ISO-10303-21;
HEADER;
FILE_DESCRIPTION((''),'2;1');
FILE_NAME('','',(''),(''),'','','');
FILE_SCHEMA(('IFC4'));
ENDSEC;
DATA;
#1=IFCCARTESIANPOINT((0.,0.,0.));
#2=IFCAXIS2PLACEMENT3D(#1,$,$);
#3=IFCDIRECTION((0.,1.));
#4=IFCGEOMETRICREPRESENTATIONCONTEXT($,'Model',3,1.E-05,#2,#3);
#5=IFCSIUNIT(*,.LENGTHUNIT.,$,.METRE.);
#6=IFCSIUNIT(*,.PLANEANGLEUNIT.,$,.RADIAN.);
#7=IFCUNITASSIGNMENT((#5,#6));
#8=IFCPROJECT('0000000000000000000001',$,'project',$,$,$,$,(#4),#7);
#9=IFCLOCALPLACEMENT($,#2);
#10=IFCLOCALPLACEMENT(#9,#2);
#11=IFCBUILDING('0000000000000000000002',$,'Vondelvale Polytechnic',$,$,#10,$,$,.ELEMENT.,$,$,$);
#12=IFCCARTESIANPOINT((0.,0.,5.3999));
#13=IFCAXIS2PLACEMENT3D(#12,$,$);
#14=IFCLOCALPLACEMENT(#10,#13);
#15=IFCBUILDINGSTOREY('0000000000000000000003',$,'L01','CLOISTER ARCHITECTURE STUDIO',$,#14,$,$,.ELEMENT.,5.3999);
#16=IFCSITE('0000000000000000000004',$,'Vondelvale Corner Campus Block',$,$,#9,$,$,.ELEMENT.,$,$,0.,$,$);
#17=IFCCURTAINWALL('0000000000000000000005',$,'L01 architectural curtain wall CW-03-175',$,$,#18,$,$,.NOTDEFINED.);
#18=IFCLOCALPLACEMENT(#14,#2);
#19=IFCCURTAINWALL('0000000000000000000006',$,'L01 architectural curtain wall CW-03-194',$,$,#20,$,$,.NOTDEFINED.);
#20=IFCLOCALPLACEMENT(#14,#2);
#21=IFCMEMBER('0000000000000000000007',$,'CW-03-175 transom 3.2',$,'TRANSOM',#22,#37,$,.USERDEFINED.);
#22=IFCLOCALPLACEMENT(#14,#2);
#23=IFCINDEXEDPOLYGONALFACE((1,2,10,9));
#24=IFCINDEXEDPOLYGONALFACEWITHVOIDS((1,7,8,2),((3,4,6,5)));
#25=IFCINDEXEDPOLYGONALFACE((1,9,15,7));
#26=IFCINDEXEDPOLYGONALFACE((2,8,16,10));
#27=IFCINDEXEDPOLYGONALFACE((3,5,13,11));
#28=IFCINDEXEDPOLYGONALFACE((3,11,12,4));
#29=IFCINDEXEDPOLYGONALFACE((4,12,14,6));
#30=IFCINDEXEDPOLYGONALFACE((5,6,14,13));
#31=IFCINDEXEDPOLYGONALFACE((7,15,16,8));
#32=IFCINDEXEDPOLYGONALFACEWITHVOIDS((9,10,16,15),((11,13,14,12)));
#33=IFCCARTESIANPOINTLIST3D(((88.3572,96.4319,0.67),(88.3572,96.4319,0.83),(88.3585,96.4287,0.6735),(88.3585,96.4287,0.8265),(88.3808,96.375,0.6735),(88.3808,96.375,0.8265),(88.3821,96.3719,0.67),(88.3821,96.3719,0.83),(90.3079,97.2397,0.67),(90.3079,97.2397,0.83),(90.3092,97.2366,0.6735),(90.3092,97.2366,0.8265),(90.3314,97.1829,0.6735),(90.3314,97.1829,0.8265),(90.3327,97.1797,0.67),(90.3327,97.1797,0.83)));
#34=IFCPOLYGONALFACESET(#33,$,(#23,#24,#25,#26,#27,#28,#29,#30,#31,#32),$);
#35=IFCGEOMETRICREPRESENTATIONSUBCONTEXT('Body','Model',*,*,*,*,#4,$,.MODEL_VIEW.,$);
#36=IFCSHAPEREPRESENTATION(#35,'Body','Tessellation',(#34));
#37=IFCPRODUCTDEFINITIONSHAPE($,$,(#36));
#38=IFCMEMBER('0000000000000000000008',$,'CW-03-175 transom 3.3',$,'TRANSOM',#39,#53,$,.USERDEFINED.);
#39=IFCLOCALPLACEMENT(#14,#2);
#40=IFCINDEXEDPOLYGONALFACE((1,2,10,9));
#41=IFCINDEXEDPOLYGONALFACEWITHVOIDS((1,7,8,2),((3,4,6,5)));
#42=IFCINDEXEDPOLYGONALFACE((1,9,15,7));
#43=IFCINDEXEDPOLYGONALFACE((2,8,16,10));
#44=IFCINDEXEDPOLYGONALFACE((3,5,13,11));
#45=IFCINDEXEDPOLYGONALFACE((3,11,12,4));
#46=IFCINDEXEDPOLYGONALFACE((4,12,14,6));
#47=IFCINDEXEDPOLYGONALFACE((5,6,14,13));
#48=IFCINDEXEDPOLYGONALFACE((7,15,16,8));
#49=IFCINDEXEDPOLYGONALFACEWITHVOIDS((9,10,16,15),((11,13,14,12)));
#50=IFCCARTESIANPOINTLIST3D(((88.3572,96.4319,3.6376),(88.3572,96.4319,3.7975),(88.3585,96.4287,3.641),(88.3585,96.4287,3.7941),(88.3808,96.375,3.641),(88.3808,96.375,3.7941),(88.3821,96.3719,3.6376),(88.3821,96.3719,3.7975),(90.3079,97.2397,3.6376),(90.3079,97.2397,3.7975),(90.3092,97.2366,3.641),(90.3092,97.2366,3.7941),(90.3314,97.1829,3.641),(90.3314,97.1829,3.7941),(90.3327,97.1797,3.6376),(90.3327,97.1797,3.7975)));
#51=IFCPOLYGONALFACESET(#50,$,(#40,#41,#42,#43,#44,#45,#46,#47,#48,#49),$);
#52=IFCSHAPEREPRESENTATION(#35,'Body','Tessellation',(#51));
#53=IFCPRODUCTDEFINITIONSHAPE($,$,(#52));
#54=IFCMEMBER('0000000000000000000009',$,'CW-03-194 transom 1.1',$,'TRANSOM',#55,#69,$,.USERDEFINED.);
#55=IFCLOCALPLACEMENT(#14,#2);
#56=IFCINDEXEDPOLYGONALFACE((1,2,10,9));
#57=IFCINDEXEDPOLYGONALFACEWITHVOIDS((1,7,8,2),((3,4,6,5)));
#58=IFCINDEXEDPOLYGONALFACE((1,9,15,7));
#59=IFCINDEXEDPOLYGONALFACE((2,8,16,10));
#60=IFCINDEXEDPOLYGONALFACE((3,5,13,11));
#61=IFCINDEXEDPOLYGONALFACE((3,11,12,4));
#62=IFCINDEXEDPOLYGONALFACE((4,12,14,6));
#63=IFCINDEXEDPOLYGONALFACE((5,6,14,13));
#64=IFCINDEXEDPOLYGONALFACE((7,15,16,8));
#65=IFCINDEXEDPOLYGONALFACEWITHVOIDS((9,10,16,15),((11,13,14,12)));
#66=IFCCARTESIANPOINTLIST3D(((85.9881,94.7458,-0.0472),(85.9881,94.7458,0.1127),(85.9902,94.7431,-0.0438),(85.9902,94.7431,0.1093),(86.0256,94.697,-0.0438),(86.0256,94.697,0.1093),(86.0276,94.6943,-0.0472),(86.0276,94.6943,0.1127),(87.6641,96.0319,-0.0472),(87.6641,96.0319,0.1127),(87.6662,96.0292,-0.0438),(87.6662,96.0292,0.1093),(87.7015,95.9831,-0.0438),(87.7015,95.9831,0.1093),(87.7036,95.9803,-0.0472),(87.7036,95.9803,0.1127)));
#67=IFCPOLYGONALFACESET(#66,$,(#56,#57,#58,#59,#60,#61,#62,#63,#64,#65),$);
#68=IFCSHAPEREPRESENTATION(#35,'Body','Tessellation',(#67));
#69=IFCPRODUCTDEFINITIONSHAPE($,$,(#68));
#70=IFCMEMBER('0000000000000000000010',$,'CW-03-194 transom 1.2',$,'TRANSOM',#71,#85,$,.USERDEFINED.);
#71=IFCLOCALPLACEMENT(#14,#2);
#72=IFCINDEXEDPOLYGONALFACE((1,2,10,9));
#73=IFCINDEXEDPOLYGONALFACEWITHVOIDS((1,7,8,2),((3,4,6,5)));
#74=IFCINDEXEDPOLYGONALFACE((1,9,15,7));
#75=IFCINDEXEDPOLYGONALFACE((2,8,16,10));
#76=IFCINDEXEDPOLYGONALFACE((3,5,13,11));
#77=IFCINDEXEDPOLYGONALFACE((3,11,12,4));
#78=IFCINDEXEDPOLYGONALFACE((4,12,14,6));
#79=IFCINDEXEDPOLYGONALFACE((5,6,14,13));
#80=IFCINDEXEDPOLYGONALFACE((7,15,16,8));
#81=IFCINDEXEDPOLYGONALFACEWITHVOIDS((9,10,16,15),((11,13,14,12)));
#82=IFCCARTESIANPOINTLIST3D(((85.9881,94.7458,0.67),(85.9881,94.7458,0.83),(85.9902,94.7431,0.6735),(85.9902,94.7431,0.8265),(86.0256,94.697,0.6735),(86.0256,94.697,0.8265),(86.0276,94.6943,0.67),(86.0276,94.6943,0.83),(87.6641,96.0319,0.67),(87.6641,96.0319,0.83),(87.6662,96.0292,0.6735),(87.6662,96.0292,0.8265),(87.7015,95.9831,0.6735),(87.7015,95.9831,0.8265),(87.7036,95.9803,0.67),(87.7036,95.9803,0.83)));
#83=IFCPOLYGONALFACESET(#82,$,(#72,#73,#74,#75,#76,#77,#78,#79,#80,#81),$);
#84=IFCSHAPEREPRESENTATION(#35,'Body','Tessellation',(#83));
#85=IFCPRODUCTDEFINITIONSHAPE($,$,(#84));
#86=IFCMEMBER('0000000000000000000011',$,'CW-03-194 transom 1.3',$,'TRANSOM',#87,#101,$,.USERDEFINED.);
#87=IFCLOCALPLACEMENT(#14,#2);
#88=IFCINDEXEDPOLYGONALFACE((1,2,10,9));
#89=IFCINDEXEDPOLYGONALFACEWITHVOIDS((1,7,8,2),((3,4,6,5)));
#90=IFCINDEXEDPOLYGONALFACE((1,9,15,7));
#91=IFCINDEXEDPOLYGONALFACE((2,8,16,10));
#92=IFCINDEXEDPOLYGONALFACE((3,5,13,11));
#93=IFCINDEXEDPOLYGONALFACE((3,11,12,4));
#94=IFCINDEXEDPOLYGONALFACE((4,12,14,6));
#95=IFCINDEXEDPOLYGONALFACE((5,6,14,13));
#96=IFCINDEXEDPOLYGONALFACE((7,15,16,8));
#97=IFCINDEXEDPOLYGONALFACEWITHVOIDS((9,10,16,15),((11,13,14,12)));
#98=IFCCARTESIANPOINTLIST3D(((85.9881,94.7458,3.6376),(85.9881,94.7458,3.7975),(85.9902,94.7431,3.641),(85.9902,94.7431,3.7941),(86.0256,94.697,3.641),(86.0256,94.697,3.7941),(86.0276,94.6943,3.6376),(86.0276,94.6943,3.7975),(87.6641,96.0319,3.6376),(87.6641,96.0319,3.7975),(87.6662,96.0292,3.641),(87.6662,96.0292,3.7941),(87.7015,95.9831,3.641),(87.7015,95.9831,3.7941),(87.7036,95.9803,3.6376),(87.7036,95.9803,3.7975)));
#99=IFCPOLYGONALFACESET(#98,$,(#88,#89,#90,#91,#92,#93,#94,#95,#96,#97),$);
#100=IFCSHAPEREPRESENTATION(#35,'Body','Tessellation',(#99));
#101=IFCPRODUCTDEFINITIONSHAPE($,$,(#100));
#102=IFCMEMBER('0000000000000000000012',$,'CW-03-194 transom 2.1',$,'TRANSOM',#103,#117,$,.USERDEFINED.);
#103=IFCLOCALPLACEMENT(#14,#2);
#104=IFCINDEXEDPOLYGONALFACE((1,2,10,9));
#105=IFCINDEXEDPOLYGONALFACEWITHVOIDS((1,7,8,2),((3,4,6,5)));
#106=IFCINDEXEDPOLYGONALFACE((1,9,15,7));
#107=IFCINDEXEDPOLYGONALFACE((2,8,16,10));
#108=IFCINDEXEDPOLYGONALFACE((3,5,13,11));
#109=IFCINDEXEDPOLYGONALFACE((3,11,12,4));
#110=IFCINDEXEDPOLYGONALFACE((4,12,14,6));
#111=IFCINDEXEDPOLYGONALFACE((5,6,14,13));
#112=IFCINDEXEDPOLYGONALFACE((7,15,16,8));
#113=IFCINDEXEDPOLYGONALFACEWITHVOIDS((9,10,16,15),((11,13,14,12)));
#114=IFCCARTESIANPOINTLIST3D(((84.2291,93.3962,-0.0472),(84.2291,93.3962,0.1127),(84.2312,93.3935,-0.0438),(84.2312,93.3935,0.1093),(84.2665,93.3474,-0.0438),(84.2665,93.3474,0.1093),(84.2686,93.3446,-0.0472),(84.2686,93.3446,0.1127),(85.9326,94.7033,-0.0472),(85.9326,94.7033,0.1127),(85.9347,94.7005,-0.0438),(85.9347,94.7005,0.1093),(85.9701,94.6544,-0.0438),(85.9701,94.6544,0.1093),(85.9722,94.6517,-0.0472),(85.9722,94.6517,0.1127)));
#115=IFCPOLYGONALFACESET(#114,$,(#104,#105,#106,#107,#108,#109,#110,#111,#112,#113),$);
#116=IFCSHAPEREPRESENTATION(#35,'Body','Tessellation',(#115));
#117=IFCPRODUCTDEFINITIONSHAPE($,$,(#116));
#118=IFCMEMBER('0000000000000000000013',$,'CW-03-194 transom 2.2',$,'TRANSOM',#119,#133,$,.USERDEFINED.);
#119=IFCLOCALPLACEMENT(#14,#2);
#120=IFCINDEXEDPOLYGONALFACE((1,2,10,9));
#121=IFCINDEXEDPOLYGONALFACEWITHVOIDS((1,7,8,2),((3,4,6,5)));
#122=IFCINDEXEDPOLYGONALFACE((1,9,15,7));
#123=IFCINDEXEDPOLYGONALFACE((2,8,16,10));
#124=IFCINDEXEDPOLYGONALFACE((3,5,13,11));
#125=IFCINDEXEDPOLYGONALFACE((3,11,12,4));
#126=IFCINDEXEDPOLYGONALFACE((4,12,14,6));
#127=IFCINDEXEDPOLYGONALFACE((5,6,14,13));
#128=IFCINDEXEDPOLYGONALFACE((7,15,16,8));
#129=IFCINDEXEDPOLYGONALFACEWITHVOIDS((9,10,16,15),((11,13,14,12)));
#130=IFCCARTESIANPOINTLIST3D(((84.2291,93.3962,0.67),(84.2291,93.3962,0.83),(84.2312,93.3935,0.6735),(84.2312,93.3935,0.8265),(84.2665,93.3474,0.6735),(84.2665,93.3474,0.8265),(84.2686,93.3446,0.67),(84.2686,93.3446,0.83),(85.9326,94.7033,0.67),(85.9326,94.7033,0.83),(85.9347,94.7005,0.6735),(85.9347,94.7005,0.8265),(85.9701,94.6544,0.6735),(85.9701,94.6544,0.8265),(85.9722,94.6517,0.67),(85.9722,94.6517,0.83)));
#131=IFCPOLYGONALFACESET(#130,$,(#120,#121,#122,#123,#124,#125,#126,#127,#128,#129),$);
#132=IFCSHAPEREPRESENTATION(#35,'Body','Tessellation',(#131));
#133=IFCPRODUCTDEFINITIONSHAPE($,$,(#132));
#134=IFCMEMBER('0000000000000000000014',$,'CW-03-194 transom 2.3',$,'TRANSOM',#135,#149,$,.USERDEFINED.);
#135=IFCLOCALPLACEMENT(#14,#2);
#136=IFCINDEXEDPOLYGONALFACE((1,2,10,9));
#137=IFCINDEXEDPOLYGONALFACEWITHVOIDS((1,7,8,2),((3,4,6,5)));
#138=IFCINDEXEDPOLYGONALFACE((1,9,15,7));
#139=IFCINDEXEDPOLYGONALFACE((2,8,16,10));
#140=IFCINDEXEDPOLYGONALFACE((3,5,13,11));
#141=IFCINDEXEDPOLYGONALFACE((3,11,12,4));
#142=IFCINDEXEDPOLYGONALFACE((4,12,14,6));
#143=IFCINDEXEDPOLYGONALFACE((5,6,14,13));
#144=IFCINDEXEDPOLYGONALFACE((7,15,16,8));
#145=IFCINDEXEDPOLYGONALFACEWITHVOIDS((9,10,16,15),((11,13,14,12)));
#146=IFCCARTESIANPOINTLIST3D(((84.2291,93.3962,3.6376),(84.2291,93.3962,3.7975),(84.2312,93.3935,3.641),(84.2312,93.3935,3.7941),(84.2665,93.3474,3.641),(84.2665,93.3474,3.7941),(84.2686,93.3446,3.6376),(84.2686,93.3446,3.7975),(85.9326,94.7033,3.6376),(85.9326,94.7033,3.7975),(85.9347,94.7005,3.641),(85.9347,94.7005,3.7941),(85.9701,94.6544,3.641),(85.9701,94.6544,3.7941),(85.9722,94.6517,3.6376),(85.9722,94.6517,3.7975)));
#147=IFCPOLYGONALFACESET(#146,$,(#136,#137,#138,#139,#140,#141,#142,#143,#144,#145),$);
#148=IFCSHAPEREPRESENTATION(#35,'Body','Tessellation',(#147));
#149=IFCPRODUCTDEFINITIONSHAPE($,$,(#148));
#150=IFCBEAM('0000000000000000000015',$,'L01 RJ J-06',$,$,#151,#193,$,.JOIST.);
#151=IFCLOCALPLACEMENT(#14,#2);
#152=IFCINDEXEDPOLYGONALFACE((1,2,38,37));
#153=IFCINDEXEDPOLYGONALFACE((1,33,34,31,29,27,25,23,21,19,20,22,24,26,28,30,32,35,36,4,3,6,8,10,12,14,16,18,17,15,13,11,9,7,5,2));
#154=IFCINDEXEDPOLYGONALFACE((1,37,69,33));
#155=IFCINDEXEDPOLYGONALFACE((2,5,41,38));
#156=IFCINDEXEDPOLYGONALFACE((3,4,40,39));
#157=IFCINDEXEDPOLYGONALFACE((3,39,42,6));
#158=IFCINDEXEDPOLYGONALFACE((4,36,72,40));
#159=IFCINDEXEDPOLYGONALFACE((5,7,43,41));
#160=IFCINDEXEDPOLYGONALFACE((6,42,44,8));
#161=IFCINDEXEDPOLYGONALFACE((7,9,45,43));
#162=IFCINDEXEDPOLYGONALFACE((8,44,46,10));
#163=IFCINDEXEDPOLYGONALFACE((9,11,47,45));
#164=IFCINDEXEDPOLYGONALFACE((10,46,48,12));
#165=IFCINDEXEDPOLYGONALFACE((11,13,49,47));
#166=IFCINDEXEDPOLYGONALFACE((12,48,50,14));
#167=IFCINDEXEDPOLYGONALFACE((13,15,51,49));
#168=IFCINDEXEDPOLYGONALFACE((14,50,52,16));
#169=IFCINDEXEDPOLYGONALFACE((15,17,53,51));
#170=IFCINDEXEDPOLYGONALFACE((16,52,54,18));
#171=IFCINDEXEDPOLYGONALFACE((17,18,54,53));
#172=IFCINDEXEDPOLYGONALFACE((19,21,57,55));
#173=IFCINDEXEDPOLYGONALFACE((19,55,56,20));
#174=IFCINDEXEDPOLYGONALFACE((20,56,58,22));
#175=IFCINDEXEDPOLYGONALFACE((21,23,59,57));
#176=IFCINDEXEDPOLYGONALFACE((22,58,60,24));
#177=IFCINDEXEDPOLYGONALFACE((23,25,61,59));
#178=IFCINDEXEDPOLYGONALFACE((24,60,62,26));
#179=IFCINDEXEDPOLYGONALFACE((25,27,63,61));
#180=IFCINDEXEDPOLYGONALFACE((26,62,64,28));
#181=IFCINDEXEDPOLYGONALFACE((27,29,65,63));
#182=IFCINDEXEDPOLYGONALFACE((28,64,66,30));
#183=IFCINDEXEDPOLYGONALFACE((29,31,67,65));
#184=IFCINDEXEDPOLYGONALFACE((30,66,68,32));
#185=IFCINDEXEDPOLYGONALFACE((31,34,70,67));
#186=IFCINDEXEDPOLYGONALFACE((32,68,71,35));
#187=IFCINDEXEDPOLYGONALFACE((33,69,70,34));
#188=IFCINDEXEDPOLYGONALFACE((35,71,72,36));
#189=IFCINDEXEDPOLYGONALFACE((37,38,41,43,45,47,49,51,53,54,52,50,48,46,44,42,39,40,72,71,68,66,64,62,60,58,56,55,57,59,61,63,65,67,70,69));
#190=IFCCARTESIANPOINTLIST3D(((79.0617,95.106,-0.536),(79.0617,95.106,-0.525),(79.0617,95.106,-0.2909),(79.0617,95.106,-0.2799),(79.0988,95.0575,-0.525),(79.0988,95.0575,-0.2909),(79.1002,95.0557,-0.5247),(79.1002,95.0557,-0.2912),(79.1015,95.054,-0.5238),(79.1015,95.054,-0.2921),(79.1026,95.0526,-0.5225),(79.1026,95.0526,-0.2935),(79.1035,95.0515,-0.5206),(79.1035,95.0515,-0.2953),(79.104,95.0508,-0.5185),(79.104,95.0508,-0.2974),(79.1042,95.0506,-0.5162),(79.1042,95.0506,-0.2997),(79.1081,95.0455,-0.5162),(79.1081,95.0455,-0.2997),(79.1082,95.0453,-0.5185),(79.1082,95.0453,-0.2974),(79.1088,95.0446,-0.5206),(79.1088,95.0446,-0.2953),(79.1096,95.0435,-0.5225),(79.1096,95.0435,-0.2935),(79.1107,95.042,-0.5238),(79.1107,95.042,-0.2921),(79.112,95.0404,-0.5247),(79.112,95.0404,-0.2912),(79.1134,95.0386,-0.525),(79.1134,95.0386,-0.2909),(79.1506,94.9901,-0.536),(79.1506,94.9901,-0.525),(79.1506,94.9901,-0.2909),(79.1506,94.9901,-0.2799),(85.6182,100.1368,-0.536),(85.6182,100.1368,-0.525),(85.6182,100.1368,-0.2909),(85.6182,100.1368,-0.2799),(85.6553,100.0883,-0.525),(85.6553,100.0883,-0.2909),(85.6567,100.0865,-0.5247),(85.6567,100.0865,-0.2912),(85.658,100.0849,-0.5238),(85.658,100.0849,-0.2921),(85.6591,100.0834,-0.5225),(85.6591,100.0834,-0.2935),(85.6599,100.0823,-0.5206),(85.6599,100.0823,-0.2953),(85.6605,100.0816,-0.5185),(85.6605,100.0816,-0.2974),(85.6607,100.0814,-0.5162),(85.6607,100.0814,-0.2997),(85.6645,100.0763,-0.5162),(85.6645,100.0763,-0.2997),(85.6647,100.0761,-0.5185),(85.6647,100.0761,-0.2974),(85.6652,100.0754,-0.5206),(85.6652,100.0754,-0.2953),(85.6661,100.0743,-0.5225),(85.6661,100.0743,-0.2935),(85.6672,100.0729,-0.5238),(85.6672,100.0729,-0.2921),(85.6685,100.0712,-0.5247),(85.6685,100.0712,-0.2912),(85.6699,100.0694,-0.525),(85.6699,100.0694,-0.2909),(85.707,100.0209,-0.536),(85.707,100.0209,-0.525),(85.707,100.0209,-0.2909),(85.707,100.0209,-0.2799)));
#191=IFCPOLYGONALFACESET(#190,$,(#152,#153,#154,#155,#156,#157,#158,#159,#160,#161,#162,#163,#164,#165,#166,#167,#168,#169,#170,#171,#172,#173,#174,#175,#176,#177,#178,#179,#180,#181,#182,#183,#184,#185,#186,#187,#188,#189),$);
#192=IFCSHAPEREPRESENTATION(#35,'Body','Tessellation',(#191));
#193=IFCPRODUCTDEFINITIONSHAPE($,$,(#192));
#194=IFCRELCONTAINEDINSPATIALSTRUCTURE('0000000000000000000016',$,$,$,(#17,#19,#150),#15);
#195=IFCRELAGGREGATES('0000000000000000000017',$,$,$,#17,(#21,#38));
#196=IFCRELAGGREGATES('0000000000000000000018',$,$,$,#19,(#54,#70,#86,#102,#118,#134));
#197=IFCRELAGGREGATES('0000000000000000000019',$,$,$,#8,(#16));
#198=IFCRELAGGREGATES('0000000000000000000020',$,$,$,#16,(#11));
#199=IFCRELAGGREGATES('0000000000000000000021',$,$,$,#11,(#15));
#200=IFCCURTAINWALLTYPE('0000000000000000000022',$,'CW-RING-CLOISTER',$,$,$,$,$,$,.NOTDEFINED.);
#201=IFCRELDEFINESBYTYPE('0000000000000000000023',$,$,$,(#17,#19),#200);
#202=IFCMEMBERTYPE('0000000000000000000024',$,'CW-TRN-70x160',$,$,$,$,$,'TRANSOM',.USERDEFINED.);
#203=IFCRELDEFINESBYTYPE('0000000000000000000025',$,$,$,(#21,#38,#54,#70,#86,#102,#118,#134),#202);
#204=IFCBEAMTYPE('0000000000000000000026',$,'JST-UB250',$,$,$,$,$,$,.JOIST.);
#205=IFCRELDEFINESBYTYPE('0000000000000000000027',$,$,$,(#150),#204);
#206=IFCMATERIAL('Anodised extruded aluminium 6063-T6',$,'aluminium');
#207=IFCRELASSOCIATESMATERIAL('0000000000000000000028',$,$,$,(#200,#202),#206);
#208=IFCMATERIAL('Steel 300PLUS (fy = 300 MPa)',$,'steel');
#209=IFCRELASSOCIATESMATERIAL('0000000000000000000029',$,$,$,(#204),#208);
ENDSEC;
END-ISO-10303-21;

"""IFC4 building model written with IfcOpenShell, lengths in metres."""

from ifc_helpers import new_model, si_unit, direction, frame, origin, origin_2d, place, context, subcontext, project, spatial, hollow_rectangle, i_section, extrude, material, material_profile, profile_set, type_object, element, aggregate, save


model = new_model("IFC4")

# Units and contexts
model_context = context("Model", 3, precision=1e-05, world=origin(), true_north=direction((0.0, 1.0)))
body_context = subcontext(model_context, "Body", "Model", "MODEL_VIEW")
ifc_project = project(units=[si_unit("LENGTHUNIT", "METRE"), si_unit("PLANEANGLEUNIT", "RADIAN")], contexts=[model_context])

# Site, building, storey
site_placement = place(None, origin())
site = spatial("IfcSite", under=ifc_project, at=site_placement, Name="Vondelvale Corner Campus Block", CompositionType="ELEMENT", RefElevation=0.0)
building_placement = place(site_placement, origin())
building = spatial("IfcBuilding", under=site, at=building_placement, Name="Vondelvale Polytechnic", CompositionType="ELEMENT")
storey_placement = place(building_placement, frame((0.0, 0.0, 5.3999)))
storey = spatial("IfcBuildingStorey", under=building, at=storey_placement, Name="L01", Description="CLOISTER ARCHITECTURE STUDIO", CompositionType="ELEMENT", Elevation=5.3999)

# Shared definitions
ifc_material_1 = material(Name="Steel 300PLUS (fy = 300 MPa)", Category="steel")

# Curtain walls
ifc_material_2 = material(Name="Anodised extruded aluminium 6063-T6", Category="aluminium")
curtain_wall_type = type_object("IfcCurtainWallType", Name="CW-RING-CLOISTER", PredefinedType="NOTDEFINED", material=ifc_material_2)
curtain_wall_1_placement = place(storey_placement, origin())
curtain_wall_1 = element("IfcCurtainWall", 1, at=curtain_wall_1_placement, inside=storey, type_object=curtain_wall_type, Name="L01 architectural curtain wall CW-03-175", PredefinedType="NOTDEFINED")
curtain_wall_2_placement = place(storey_placement, origin())
curtain_wall_2 = element("IfcCurtainWall", 2, at=curtain_wall_2_placement, inside=storey, type_object=curtain_wall_type, Name="L01 architectural curtain wall CW-03-194", PredefinedType="NOTDEFINED")

# Members
ifc_material_profile_1 = material_profile(ifc_material_2, hollow_rectangle(XDim=0.0649, YDim=0.1599, WallThickness=0.0034, at=origin_2d()), Name="CW-TRN-160x65")
ifc_profile_set_1 = profile_set([ifc_material_profile_1], Name="Anodised extruded aluminium 6063-T6")
member_type_1 = type_object("IfcMemberType", Name="CW-TRN-70x160", ElementType="TRANSOM", PredefinedType="USERDEFINED", material=ifc_profile_set_1)
member_1_placement = place(storey_placement, frame((90.3203, 97.2097, 0.75), z_axis=(-0.923903, -0.382628, 0.0), x_axis=(0.382628, -0.923903, 0.0)))
member_1 = element("IfcMember", 3, at=member_1_placement, type_object=member_type_1, Name="CW-03-175 transom 3.2", ObjectType="TRANSOM", PredefinedType="USERDEFINED", context=body_context, shape_type="SweptSolid", body=[
    extrude(hollow_rectangle(XDim=0.0649, YDim=0.1599, WallThickness=0.0034, at=origin_2d()), origin(), (0.0, 0.0, 1.0), 2.1113),
])
member_2_placement = place(storey_placement, frame((90.3203, 97.2097, 3.7175), z_axis=(-0.923903, -0.382628, 0.0), x_axis=(0.382628, -0.923903, 0.0)))
member_2 = element("IfcMember", 4, at=member_2_placement, type_object=member_type_1, Name="CW-03-175 transom 3.3", ObjectType="TRANSOM", PredefinedType="USERDEFINED", context=body_context, shape_type="SweptSolid", body=[
    extrude(hollow_rectangle(XDim=0.0649, YDim=0.1599, WallThickness=0.0034, at=origin_2d()), origin(), (0.0, 0.0, 1.0), 2.1113),
])
member_3_placement = place(storey_placement, frame((87.6838, 96.0061, 0.0327), z_axis=(-0.793337, -0.608783, 0.0), x_axis=(0.608783, -0.793337, 0.0)))
member_3 = element("IfcMember", 5, at=member_3_placement, type_object=member_type_1, Name="CW-03-194 transom 1.1", ObjectType="TRANSOM", PredefinedType="USERDEFINED", context=body_context, shape_type="SweptSolid", body=[
    extrude(hollow_rectangle(XDim=0.0649, YDim=0.1599, WallThickness=0.0034, at=origin_2d()), origin(), (0.0, 0.0, 1.0), 2.1125),
])
member_4_placement = place(storey_placement, frame((87.6838, 96.0061, 0.75), z_axis=(-0.793337, -0.608783, 0.0), x_axis=(0.608783, -0.793337, 0.0)))
member_4 = element("IfcMember", 6, at=member_4_placement, type_object=member_type_1, Name="CW-03-194 transom 1.2", ObjectType="TRANSOM", PredefinedType="USERDEFINED", context=body_context, shape_type="SweptSolid", body=[
    extrude(hollow_rectangle(XDim=0.0649, YDim=0.1599, WallThickness=0.0034, at=origin_2d()), origin(), (0.0, 0.0, 1.0), 2.1125),
])
member_5_placement = place(storey_placement, frame((87.6838, 96.0061, 3.7175), z_axis=(-0.793337, -0.608783, 0.0), x_axis=(0.608783, -0.793337, 0.0)))
member_5 = element("IfcMember", 7, at=member_5_placement, type_object=member_type_1, Name="CW-03-194 transom 1.3", ObjectType="TRANSOM", PredefinedType="USERDEFINED", context=body_context, shape_type="SweptSolid", body=[
    extrude(hollow_rectangle(XDim=0.0649, YDim=0.1599, WallThickness=0.0034, at=origin_2d()), origin(), (0.0, 0.0, 1.0), 2.1125),
])
member_6_placement = place(storey_placement, frame((85.9524, 94.6775, 0.0327), z_axis=(-0.793376, -0.608732, 0.0), x_axis=(0.608732, -0.793376, 0.0)))
member_6 = element("IfcMember", 8, at=member_6_placement, type_object=member_type_1, Name="CW-03-194 transom 2.1", ObjectType="TRANSOM", PredefinedType="USERDEFINED", context=body_context, shape_type="SweptSolid", body=[
    extrude(hollow_rectangle(XDim=0.0649, YDim=0.1599, WallThickness=0.0034, at=origin_2d()), origin(), (0.0, 0.0, 1.0), 2.1472),
])
member_7_placement = place(storey_placement, frame((85.9524, 94.6775, 0.75), z_axis=(-0.793376, -0.608732, 0.0), x_axis=(0.608732, -0.793376, 0.0)))
member_7 = element("IfcMember", 9, at=member_7_placement, type_object=member_type_1, Name="CW-03-194 transom 2.2", ObjectType="TRANSOM", PredefinedType="USERDEFINED", context=body_context, shape_type="SweptSolid", body=[
    extrude(hollow_rectangle(XDim=0.0649, YDim=0.1599, WallThickness=0.0034, at=origin_2d()), origin(), (0.0, 0.0, 1.0), 2.1472),
])
member_8_placement = place(storey_placement, frame((85.9524, 94.6775, 3.7175), z_axis=(-0.793376, -0.608732, 0.0), x_axis=(0.608732, -0.793376, 0.0)))
member_8 = element("IfcMember", 10, at=member_8_placement, type_object=member_type_1, Name="CW-03-194 transom 2.3", ObjectType="TRANSOM", PredefinedType="USERDEFINED", context=body_context, shape_type="SweptSolid", body=[
    extrude(hollow_rectangle(XDim=0.0649, YDim=0.1599, WallThickness=0.0034, at=origin_2d()), origin(), (0.0, 0.0, 1.0), 2.1472),
])

# Beam
ifc_material_profile_2 = material_profile(ifc_material_1, i_section(OverallWidth=0.146, OverallDepth=0.2561, WebThickness=0.0063, FlangeThickness=0.011, FilletRadius=0.0088, at=origin_2d()), Name="250UB37.3")
ifc_profile_set_2 = profile_set([ifc_material_profile_2], Name="Steel 300PLUS (fy = 300 MPa)")
beam_type_1 = type_object("IfcBeamType", Name="JST-UB250", PredefinedType="JOIST", material=ifc_profile_set_2)
beam_1_placement = place(storey_placement, frame((85.6626, 100.0789, -0.408), z_axis=(-0.793361, -0.608751, 0.0), x_axis=(0.608751, -0.793361, 0.0)))
element("IfcBeam", 11, at=beam_1_placement, inside=storey, type_object=beam_type_1, Name="L01 RJ J-06", PredefinedType="JOIST", context=body_context, shape_type="SweptSolid", body=[
    extrude(i_section(OverallWidth=0.146, OverallDepth=0.2561, WebThickness=0.0063, FlangeThickness=0.011, FilletRadius=0.0088, at=origin_2d()), origin(), (0.0, 0.0, 1.0), 8.2642),
])

aggregate(curtain_wall_1, [member_1, member_2])
aggregate(curtain_wall_2, [member_3, member_4, member_5, member_6, member_7, member_8])

save(model, "model.ifc")
